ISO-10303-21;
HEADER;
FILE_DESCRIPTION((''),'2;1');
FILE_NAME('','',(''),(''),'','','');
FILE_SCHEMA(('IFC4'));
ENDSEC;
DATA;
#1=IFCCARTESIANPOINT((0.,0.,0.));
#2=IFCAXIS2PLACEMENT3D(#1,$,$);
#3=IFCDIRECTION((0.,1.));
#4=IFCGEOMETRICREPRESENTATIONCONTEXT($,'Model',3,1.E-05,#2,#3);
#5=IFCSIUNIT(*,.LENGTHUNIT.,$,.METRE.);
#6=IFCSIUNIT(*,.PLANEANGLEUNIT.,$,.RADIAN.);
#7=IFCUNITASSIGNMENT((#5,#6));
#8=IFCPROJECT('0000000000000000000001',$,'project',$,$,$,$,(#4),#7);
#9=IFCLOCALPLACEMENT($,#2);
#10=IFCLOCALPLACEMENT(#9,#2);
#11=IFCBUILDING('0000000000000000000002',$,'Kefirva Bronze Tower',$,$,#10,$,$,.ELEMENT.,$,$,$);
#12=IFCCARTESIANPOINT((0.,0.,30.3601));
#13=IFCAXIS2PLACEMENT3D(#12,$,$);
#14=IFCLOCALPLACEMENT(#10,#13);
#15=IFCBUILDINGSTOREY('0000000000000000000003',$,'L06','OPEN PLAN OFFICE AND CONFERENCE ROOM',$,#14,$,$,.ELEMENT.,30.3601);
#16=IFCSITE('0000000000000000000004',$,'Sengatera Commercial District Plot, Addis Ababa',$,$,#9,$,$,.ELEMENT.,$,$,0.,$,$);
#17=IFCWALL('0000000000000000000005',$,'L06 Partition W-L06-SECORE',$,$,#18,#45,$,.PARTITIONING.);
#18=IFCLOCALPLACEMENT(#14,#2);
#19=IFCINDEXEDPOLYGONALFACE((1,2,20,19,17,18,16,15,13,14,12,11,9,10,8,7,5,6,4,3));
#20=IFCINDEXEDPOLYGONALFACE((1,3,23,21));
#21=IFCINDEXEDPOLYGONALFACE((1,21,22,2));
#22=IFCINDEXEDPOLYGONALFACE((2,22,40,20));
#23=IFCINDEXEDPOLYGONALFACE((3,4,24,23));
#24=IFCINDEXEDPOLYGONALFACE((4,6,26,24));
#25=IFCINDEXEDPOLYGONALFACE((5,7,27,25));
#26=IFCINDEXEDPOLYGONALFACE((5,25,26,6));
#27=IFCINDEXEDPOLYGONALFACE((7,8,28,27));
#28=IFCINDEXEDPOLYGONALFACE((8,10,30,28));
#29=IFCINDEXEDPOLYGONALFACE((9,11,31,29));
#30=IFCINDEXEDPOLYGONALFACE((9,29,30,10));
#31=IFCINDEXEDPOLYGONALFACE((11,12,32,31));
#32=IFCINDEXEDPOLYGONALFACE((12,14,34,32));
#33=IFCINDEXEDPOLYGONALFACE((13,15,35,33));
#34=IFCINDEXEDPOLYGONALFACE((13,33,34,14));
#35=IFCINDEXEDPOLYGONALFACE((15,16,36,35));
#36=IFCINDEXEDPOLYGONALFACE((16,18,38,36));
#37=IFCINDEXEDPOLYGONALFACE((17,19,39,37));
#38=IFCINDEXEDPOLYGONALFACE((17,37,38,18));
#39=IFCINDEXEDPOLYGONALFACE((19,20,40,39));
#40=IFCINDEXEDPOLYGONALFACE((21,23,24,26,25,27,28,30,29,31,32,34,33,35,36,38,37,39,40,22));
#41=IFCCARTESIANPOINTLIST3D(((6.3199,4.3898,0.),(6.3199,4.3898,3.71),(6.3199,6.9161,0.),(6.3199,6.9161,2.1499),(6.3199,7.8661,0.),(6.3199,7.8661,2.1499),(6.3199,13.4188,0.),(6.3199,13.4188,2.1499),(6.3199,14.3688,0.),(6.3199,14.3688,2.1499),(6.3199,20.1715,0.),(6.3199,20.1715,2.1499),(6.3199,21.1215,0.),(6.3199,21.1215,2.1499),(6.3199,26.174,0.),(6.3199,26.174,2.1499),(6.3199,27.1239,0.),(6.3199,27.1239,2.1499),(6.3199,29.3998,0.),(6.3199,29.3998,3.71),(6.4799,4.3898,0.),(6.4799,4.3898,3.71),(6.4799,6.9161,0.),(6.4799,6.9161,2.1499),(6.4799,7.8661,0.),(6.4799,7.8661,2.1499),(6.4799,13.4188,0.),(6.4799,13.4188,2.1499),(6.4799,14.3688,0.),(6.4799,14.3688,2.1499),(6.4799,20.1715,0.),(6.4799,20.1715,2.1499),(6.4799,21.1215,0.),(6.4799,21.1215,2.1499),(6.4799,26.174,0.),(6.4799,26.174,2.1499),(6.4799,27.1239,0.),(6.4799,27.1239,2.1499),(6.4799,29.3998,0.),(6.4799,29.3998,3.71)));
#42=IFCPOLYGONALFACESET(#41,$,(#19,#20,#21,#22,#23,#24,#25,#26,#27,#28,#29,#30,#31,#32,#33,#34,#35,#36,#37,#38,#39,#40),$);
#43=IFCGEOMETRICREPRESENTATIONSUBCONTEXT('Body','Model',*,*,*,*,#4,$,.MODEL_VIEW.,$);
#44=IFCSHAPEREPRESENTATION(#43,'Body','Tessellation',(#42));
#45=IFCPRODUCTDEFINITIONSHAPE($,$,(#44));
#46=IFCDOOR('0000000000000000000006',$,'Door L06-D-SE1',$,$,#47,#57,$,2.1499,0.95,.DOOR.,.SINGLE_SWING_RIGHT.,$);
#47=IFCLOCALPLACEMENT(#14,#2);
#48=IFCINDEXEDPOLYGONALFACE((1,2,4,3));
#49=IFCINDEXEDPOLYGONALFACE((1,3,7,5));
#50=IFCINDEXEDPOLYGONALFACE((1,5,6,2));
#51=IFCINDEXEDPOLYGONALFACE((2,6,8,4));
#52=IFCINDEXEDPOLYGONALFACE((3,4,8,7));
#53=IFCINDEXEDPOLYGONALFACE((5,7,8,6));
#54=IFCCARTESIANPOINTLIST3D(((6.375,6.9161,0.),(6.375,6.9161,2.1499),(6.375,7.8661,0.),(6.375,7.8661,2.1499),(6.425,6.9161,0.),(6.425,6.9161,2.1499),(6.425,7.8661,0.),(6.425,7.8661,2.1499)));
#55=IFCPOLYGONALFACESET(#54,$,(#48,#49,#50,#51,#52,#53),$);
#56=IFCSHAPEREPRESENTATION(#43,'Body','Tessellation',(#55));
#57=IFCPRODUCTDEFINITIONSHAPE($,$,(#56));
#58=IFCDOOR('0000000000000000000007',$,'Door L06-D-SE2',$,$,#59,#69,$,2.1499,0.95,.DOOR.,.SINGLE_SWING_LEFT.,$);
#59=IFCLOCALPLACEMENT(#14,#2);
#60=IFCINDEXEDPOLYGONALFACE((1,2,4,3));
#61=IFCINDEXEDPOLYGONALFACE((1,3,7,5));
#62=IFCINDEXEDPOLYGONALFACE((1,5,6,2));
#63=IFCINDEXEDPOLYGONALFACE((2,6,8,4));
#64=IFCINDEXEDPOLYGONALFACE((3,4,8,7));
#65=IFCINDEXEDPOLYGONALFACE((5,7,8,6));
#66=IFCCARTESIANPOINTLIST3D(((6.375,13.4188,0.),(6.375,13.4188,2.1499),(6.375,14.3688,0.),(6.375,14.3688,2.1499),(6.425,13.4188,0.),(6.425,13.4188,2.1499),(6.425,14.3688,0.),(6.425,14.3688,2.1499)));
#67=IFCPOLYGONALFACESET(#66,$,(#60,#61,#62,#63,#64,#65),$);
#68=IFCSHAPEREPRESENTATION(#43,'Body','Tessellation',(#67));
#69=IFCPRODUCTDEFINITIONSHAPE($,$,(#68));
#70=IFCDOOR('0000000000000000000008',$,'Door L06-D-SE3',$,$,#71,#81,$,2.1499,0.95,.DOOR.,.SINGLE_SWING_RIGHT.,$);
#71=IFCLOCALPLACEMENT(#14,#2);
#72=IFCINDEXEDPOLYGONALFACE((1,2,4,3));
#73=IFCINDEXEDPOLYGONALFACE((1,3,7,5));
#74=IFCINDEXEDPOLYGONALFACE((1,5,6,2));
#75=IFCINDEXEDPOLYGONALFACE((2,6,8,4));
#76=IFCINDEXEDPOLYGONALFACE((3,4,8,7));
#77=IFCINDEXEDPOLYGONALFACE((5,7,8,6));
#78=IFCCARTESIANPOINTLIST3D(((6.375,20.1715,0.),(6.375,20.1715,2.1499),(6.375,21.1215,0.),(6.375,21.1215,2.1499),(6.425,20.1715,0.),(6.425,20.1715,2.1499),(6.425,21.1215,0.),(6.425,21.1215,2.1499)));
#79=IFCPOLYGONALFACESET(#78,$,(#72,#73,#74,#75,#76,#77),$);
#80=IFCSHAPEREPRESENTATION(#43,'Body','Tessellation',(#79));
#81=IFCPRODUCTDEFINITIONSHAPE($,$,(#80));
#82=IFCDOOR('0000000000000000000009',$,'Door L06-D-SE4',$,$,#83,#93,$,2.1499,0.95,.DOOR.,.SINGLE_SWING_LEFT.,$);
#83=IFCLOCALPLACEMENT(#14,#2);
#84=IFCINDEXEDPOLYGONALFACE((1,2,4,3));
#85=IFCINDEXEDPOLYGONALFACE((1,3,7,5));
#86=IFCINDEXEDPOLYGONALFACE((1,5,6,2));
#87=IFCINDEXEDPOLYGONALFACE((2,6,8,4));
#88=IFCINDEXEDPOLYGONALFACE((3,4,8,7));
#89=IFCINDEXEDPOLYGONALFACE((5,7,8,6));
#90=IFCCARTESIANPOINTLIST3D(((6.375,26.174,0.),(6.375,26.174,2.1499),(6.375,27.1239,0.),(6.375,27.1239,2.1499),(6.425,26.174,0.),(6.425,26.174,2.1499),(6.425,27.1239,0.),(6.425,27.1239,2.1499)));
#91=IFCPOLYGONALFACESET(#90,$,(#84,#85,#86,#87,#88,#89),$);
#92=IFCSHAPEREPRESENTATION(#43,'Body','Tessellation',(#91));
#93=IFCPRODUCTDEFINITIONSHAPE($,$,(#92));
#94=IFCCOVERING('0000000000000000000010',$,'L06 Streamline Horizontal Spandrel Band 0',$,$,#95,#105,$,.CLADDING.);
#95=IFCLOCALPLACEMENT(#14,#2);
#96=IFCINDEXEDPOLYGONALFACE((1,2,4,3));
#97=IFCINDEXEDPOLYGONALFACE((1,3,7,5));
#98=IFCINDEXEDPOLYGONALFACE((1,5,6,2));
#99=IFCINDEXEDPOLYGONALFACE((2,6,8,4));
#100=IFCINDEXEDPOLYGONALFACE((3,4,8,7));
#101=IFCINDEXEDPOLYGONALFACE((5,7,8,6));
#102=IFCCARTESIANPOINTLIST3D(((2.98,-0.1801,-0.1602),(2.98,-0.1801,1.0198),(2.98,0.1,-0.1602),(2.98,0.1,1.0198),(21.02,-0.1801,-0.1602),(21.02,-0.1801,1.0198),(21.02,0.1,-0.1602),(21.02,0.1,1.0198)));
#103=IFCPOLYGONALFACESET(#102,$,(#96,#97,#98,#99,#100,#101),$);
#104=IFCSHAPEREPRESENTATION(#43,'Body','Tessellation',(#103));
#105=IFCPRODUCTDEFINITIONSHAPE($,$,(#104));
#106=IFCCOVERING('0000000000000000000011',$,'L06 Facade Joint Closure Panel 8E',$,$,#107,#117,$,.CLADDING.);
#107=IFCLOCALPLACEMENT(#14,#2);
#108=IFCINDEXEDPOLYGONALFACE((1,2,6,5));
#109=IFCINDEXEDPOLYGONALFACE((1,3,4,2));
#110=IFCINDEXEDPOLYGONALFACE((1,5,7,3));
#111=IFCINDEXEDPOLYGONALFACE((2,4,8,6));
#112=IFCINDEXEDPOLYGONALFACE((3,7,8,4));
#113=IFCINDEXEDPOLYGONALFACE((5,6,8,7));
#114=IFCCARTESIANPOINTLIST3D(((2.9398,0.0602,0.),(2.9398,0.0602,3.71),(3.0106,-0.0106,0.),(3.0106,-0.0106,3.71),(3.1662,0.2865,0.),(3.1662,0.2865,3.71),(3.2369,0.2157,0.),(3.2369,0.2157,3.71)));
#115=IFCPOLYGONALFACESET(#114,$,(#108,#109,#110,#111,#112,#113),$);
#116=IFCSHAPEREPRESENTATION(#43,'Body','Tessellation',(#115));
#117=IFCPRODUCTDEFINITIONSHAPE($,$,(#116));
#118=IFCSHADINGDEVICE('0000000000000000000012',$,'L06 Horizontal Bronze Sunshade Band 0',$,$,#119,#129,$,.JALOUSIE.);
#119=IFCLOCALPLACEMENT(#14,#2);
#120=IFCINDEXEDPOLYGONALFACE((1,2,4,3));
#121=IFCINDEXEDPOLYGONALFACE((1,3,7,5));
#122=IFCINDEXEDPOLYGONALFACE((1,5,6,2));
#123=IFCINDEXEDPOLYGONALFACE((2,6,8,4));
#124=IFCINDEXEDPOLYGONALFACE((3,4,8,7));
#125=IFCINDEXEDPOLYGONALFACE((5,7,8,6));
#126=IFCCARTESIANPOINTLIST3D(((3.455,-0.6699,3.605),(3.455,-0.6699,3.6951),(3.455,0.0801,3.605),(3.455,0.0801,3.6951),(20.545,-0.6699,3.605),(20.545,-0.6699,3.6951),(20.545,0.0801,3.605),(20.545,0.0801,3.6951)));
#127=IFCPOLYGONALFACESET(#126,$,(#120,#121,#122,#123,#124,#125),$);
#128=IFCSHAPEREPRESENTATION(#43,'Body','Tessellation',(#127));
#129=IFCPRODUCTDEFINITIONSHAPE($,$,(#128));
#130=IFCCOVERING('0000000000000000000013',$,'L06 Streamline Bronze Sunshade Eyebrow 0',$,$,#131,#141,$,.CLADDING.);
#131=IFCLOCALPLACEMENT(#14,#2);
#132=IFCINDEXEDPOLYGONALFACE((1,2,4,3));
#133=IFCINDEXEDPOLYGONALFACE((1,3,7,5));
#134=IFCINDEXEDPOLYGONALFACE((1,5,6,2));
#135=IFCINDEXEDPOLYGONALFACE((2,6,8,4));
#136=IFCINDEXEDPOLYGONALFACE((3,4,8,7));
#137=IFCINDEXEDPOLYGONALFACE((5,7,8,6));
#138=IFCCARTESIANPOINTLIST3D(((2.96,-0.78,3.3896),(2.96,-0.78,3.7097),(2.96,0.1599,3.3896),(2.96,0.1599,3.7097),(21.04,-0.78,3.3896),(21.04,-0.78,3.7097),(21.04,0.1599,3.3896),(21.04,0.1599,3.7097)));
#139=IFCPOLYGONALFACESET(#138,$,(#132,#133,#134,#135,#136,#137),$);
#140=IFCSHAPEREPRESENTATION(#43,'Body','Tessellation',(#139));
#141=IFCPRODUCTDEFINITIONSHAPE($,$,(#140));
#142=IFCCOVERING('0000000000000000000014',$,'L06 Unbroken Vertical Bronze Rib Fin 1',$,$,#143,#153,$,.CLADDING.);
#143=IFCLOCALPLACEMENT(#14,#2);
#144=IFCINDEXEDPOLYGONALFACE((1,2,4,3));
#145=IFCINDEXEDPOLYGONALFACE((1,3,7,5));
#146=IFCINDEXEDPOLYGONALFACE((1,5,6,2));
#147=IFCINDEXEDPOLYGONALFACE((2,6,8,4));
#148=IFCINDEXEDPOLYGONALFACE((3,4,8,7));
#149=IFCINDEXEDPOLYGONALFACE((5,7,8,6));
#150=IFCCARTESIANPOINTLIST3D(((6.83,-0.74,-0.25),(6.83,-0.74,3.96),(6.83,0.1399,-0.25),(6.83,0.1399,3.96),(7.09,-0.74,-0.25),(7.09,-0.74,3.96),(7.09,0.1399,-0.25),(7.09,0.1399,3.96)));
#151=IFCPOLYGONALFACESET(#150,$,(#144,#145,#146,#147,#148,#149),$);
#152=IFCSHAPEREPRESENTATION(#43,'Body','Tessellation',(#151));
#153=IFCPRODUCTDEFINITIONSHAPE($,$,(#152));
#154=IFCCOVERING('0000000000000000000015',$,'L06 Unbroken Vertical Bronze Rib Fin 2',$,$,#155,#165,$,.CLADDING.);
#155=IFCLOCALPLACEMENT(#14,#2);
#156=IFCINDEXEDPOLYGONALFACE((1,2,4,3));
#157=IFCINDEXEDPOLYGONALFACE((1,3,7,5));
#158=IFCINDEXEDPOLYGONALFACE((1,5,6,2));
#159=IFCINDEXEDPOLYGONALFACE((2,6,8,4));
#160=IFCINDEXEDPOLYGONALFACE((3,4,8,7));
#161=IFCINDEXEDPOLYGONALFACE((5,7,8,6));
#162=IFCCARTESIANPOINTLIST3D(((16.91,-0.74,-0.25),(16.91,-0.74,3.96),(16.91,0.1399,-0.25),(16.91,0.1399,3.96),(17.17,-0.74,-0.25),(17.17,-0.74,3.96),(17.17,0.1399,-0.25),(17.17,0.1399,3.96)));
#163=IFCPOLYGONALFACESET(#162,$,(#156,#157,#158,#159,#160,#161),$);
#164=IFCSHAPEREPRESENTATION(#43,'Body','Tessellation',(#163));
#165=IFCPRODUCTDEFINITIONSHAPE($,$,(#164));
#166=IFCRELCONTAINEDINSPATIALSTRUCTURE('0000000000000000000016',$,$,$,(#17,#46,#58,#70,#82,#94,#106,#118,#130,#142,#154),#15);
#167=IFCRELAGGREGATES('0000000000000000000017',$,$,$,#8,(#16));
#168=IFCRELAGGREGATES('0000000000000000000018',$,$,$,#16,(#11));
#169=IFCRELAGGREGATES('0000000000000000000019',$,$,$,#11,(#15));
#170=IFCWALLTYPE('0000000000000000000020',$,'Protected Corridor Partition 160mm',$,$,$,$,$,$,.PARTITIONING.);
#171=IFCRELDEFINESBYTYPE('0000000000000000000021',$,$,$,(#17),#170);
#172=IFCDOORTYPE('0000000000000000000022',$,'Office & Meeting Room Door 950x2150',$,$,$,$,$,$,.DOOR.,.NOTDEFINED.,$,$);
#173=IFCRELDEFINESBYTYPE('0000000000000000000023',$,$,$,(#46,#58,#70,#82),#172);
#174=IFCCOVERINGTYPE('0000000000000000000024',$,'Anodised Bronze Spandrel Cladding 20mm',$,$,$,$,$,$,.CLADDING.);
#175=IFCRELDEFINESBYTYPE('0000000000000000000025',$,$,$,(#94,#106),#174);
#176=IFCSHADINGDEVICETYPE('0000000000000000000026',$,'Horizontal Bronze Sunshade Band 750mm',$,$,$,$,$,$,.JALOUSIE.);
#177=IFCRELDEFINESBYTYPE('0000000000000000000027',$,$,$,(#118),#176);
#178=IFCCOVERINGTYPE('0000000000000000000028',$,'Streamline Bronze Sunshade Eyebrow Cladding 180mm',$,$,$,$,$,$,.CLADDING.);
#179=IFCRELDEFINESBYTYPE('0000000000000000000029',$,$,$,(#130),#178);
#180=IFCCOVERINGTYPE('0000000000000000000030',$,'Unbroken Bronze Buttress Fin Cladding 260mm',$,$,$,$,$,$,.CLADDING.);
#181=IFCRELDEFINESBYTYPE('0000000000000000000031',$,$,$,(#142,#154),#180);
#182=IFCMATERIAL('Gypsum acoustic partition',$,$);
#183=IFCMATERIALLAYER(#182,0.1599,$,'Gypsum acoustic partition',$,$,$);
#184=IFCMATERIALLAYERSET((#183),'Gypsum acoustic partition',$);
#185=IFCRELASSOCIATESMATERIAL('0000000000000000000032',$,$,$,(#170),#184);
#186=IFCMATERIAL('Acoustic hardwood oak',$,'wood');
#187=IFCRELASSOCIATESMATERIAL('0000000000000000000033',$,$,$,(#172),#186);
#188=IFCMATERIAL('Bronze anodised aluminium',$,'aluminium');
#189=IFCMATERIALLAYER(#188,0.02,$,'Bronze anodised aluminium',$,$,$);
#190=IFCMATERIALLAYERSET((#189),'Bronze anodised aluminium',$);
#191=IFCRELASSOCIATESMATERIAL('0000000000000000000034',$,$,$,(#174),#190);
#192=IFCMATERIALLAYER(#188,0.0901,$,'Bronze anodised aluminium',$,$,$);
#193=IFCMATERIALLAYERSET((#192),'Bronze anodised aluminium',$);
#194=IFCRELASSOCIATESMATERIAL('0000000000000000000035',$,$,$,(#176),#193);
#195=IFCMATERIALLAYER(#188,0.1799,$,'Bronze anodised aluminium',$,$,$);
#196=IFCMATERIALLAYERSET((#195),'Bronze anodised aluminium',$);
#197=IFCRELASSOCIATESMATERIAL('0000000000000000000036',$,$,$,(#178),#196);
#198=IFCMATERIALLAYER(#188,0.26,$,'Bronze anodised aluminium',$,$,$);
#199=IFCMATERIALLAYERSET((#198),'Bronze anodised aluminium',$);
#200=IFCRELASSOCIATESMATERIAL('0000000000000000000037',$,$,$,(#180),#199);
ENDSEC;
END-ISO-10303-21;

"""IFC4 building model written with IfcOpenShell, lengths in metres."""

from ifc_helpers import new_model, si_unit, direction, frame, frame_2d, origin, origin_2d, place, context, subcontext, project, spatial, rectangle, extrude, material, layer, layer_set, type_object, element, fill, save


model = new_model("IFC4")

# Units and contexts
model_context = context("Model", 3, precision=1e-05, world=origin(), true_north=direction((0.0, 1.0)))
body_context = subcontext(model_context, "Body", "Model", "MODEL_VIEW")
ifc_project = project(units=[si_unit("LENGTHUNIT", "METRE"), si_unit("PLANEANGLEUNIT", "RADIAN")], contexts=[model_context])

# Site, building, storey
site_placement = place(None, origin())
site = spatial("IfcSite", under=ifc_project, at=site_placement, Name="Sengatera Commercial District Plot, Addis Ababa", CompositionType="ELEMENT", RefElevation=0.0)
building_placement = place(site_placement, origin())
building = spatial("IfcBuilding", under=site, at=building_placement, Name="Kefirva Bronze Tower", CompositionType="ELEMENT")
storey_placement = place(building_placement, frame((0.0, 0.0, 30.3601)))
storey = spatial("IfcBuildingStorey", under=building, at=storey_placement, Name="L06", Description="OPEN PLAN OFFICE AND CONFERENCE ROOM", CompositionType="ELEMENT", Elevation=30.3601)

# Shared definitions
ifc_material_1 = material(Name="Bronze anodised aluminium", Category="aluminium")

# Shared definitions
ifc_material_2 = material(Name="Gypsum acoustic partition")

# Wall, openings, doors
ifc_layer_1 = layer(ifc_material_2, 0.1599, Name="Gypsum acoustic partition")
ifc_layer_set_1 = layer_set([ifc_layer_1], Name="Gypsum acoustic partition")
wall_type_1 = type_object("IfcWallType", Name="Protected Corridor Partition 160mm", PredefinedType="PARTITIONING", material=ifc_layer_set_1)
ifc_material_3 = material(Name="Acoustic hardwood oak", Category="wood")
door_type = type_object("IfcDoorType", Name="Office & Meeting Room Door 950x2150", OperationType="NOTDEFINED", PredefinedType="DOOR", material=ifc_material_3)
wall_1_placement = place(storey_placement, frame((6.3999, 4.3899, 0.0), z_axis=(0.0, 0.0, 1.0), x_axis=(0.0, 1.0, 0.0)))
wall_1 = element("IfcWall", 1, at=wall_1_placement, inside=storey, type_object=wall_type_1, Name="L06 Partition W-L06-SECORE", PredefinedType="PARTITIONING", context=body_context, shape_type="SweptSolid", body=[
    extrude(rectangle(XDim=25.01, YDim=0.1599, at=frame_2d((12.5049, 0.0))), origin(), (0.0, 0.0, 1.0), 3.71),
])
opening_1_placement = place(wall_1_placement, frame((2.5261, 0.0, 0.0)))
opening_1 = element("IfcOpeningElement", 2, at=opening_1_placement, cuts=wall_1, PredefinedType="OPENING", context=body_context, shape_type="SweptSolid", body=[
    extrude(rectangle(XDim=0.95, YDim=2.1499, at=frame_2d((0.4751, 1.075))), frame((0.0, 0.0898, 0.0), z_axis=(0.0, -1.0, 0.0), x_axis=(1.0, 0.0, 0.0)), (0.0, 0.0, 1.0), 0.1799),
])
opening_2_placement = place(wall_1_placement, frame((9.0288, 0.0, 0.0)))
opening_2 = element("IfcOpeningElement", 3, at=opening_2_placement, cuts=wall_1, PredefinedType="OPENING", context=body_context, shape_type="SweptSolid", body=[
    extrude(rectangle(XDim=0.95, YDim=2.1499, at=frame_2d((0.4751, 1.075))), frame((0.0, 0.0898, 0.0), z_axis=(0.0, -1.0, 0.0), x_axis=(1.0, 0.0, 0.0)), (0.0, 0.0, 1.0), 0.1799),
])
opening_3_placement = place(wall_1_placement, frame((15.7815, 0.0, 0.0)))
opening_3 = element("IfcOpeningElement", 4, at=opening_3_placement, cuts=wall_1, PredefinedType="OPENING", context=body_context, shape_type="SweptSolid", body=[
    extrude(rectangle(XDim=0.95, YDim=2.1499, at=frame_2d((0.4751, 1.075))), frame((0.0, 0.0898, 0.0), z_axis=(0.0, -1.0, 0.0), x_axis=(1.0, 0.0, 0.0)), (0.0, 0.0, 1.0), 0.1799),
])
opening_4_placement = place(wall_1_placement, frame((21.7839, 0.0, 0.0)))
opening_4 = element("IfcOpeningElement", 5, at=opening_4_placement, cuts=wall_1, PredefinedType="OPENING", context=body_context, shape_type="SweptSolid", body=[
    extrude(rectangle(XDim=0.95, YDim=2.1499, at=frame_2d((0.4751, 1.075))), frame((0.0, 0.0898, 0.0), z_axis=(0.0, -1.0, 0.0), x_axis=(1.0, 0.0, 0.0)), (0.0, 0.0, 1.0), 0.1799),
])
door_1_placement = place(opening_1_placement, origin())
door_1 = element("IfcDoor", 6, at=door_1_placement, inside=storey, type_object=door_type, Name="Door L06-D-SE1", OperationType="SINGLE_SWING_RIGHT", OverallHeight=2.1499, OverallWidth=0.95, PredefinedType="DOOR", context=body_context, shape_type="SweptSolid", body=[
    extrude(rectangle(XDim=0.95, YDim=2.1499, at=frame_2d((0.4751, 1.075))), frame((0.0, 0.0249, 0.0), z_axis=(0.0, -1.0, 0.0), x_axis=(1.0, 0.0, 0.0)), (0.0, 0.0, 1.0), 0.05),
])
fill(opening_1, door_1)
door_2_placement = place(opening_2_placement, origin())
door_2 = element("IfcDoor", 7, at=door_2_placement, inside=storey, type_object=door_type, Name="Door L06-D-SE2", OperationType="SINGLE_SWING_LEFT", OverallHeight=2.1499, OverallWidth=0.95, PredefinedType="DOOR", context=body_context, shape_type="SweptSolid", body=[
    extrude(rectangle(XDim=0.95, YDim=2.1499, at=frame_2d((0.4751, 1.075))), frame((0.0, 0.0249, 0.0), z_axis=(0.0, -1.0, 0.0), x_axis=(1.0, 0.0, 0.0)), (0.0, 0.0, 1.0), 0.05),
])
fill(opening_2, door_2)
door_3_placement = place(opening_3_placement, origin())
door_3 = element("IfcDoor", 8, at=door_3_placement, inside=storey, type_object=door_type, Name="Door L06-D-SE3", OperationType="SINGLE_SWING_RIGHT", OverallHeight=2.1499, OverallWidth=0.95, PredefinedType="DOOR", context=body_context, shape_type="SweptSolid", body=[
    extrude(rectangle(XDim=0.95, YDim=2.1499, at=frame_2d((0.4751, 1.075))), frame((0.0, 0.0249, 0.0), z_axis=(0.0, -1.0, 0.0), x_axis=(1.0, 0.0, 0.0)), (0.0, 0.0, 1.0), 0.05),
])
fill(opening_3, door_3)
door_4_placement = place(opening_4_placement, origin())
door_4 = element("IfcDoor", 9, at=door_4_placement, inside=storey, type_object=door_type, Name="Door L06-D-SE4", OperationType="SINGLE_SWING_LEFT", OverallHeight=2.1499, OverallWidth=0.95, PredefinedType="DOOR", context=body_context, shape_type="SweptSolid", body=[
    extrude(rectangle(XDim=0.95, YDim=2.1499, at=frame_2d((0.4751, 1.075))), frame((0.0, 0.0249, 0.0), z_axis=(0.0, -1.0, 0.0), x_axis=(1.0, 0.0, 0.0)), (0.0, 0.0, 1.0), 0.05),
])
fill(opening_4, door_4)

# Coverings
ifc_layer_2 = layer(ifc_material_1, 0.02, Name="Bronze anodised aluminium")
ifc_layer_set_2 = layer_set([ifc_layer_2], Name="Bronze anodised aluminium")
covering_type_1 = type_object("IfcCoveringType", Name="Anodised Bronze Spandrel Cladding 20mm", PredefinedType="CLADDING", material=ifc_layer_set_2)
covering_1_placement = place(storey_placement, frame((12.0, -0.04, -0.1602), z_axis=(0.0, 0.0, 1.0), x_axis=(1.0, 0.0, 0.0)))
element("IfcCovering", 10, at=covering_1_placement, inside=storey, type_object=covering_type_1, Name="L06 Streamline Horizontal Spandrel Band 0", PredefinedType="CLADDING", context=body_context, shape_type="SweptSolid", body=[
    extrude(rectangle(XDim=18.04, YDim=0.28, at=origin_2d()), origin(), (0.0, 0.0, 1.0), 1.1799),
])
covering_2_placement = place(storey_placement, frame((3.0884, 0.1379, 0.0), z_axis=(0.0, 0.0, 1.0), x_axis=(0.707107, -0.707107, 0.0)))
element("IfcCovering", 11, at=covering_2_placement, inside=storey, type_object=covering_type_1, Name="L06 Facade Joint Closure Panel 8E", PredefinedType="CLADDING", context=body_context, shape_type="SweptSolid", body=[
    extrude(rectangle(XDim=0.1001, YDim=0.3201, at=origin_2d()), origin(), (0.0, 0.0, 1.0), 3.71),
])

# Shading device
ifc_layer_3 = layer(ifc_material_1, 0.0901, Name="Bronze anodised aluminium")
ifc_layer_set_3 = layer_set([ifc_layer_3], Name="Bronze anodised aluminium")
shading_device_type_1 = type_object("IfcShadingDeviceType", Name="Horizontal Bronze Sunshade Band 750mm", PredefinedType="JALOUSIE", material=ifc_layer_set_3)
shading_device_1_placement = place(storey_placement, frame((12.0, -0.2949, 3.605), z_axis=(0.0, 0.0, 1.0), x_axis=(1.0, 0.0, 0.0)))
element("IfcShadingDevice", 12, at=shading_device_1_placement, inside=storey, type_object=shading_device_type_1, Name="L06 Horizontal Bronze Sunshade Band 0", PredefinedType="JALOUSIE", context=body_context, shape_type="SweptSolid", body=[
    extrude(rectangle(XDim=17.0901, YDim=0.75, at=origin_2d()), origin(), (0.0, 0.0, 1.0), 0.0901),
])

# Coverings
ifc_layer_4 = layer(ifc_material_1, 0.1799, Name="Bronze anodised aluminium")
ifc_layer_set_4 = layer_set([ifc_layer_4], Name="Bronze anodised aluminium")
covering_type_2 = type_object("IfcCoveringType", Name="Streamline Bronze Sunshade Eyebrow Cladding 180mm", PredefinedType="CLADDING", material=ifc_layer_set_4)
covering_3_placement = place(storey_placement, frame((12.0, -0.3101, 3.3896), z_axis=(0.0, 0.0, 1.0), x_axis=(1.0, 0.0, 0.0)))
element("IfcCovering", 13, at=covering_3_placement, inside=storey, type_object=covering_type_2, Name="L06 Streamline Bronze Sunshade Eyebrow 0", PredefinedType="CLADDING", context=body_context, shape_type="SweptSolid", body=[
    extrude(rectangle(XDim=18.0801, YDim=0.9399, at=origin_2d()), origin(), (0.0, 0.0, 1.0), 0.3201),
])
ifc_layer_5 = layer(ifc_material_1, 0.26, Name="Bronze anodised aluminium")
ifc_layer_set_5 = layer_set([ifc_layer_5], Name="Bronze anodised aluminium")
covering_type_3 = type_object("IfcCoveringType", Name="Unbroken Bronze Buttress Fin Cladding 260mm", PredefinedType="CLADDING", material=ifc_layer_set_5)
for number, where, z_axis, x_axis, name in (
    (14, (6.96, -0.3, -0.25), (0.0, 0.0, 1.0), (1.0, 0.0, 0.0), "L06 Unbroken Vertical Bronze Rib Fin 1"),
    (15, (17.04, -0.3, -0.25), (0.0, 0.0, 1.0), (1.0, 0.0, 0.0), "L06 Unbroken Vertical Bronze Rib Fin 2"),
):
    element("IfcCovering", number, at=place(storey_placement, frame(where, z_axis=z_axis, x_axis=x_axis)), inside=storey, type_object=covering_type_3, Name=name, PredefinedType="CLADDING", context=body_context, shape_type="SweptSolid", body=[
        extrude(rectangle(XDim=0.26, YDim=0.8799, at=origin_2d()), origin(), (0.0, 0.0, 1.0), 4.21),
    ])

save(model, "model.ifc")
